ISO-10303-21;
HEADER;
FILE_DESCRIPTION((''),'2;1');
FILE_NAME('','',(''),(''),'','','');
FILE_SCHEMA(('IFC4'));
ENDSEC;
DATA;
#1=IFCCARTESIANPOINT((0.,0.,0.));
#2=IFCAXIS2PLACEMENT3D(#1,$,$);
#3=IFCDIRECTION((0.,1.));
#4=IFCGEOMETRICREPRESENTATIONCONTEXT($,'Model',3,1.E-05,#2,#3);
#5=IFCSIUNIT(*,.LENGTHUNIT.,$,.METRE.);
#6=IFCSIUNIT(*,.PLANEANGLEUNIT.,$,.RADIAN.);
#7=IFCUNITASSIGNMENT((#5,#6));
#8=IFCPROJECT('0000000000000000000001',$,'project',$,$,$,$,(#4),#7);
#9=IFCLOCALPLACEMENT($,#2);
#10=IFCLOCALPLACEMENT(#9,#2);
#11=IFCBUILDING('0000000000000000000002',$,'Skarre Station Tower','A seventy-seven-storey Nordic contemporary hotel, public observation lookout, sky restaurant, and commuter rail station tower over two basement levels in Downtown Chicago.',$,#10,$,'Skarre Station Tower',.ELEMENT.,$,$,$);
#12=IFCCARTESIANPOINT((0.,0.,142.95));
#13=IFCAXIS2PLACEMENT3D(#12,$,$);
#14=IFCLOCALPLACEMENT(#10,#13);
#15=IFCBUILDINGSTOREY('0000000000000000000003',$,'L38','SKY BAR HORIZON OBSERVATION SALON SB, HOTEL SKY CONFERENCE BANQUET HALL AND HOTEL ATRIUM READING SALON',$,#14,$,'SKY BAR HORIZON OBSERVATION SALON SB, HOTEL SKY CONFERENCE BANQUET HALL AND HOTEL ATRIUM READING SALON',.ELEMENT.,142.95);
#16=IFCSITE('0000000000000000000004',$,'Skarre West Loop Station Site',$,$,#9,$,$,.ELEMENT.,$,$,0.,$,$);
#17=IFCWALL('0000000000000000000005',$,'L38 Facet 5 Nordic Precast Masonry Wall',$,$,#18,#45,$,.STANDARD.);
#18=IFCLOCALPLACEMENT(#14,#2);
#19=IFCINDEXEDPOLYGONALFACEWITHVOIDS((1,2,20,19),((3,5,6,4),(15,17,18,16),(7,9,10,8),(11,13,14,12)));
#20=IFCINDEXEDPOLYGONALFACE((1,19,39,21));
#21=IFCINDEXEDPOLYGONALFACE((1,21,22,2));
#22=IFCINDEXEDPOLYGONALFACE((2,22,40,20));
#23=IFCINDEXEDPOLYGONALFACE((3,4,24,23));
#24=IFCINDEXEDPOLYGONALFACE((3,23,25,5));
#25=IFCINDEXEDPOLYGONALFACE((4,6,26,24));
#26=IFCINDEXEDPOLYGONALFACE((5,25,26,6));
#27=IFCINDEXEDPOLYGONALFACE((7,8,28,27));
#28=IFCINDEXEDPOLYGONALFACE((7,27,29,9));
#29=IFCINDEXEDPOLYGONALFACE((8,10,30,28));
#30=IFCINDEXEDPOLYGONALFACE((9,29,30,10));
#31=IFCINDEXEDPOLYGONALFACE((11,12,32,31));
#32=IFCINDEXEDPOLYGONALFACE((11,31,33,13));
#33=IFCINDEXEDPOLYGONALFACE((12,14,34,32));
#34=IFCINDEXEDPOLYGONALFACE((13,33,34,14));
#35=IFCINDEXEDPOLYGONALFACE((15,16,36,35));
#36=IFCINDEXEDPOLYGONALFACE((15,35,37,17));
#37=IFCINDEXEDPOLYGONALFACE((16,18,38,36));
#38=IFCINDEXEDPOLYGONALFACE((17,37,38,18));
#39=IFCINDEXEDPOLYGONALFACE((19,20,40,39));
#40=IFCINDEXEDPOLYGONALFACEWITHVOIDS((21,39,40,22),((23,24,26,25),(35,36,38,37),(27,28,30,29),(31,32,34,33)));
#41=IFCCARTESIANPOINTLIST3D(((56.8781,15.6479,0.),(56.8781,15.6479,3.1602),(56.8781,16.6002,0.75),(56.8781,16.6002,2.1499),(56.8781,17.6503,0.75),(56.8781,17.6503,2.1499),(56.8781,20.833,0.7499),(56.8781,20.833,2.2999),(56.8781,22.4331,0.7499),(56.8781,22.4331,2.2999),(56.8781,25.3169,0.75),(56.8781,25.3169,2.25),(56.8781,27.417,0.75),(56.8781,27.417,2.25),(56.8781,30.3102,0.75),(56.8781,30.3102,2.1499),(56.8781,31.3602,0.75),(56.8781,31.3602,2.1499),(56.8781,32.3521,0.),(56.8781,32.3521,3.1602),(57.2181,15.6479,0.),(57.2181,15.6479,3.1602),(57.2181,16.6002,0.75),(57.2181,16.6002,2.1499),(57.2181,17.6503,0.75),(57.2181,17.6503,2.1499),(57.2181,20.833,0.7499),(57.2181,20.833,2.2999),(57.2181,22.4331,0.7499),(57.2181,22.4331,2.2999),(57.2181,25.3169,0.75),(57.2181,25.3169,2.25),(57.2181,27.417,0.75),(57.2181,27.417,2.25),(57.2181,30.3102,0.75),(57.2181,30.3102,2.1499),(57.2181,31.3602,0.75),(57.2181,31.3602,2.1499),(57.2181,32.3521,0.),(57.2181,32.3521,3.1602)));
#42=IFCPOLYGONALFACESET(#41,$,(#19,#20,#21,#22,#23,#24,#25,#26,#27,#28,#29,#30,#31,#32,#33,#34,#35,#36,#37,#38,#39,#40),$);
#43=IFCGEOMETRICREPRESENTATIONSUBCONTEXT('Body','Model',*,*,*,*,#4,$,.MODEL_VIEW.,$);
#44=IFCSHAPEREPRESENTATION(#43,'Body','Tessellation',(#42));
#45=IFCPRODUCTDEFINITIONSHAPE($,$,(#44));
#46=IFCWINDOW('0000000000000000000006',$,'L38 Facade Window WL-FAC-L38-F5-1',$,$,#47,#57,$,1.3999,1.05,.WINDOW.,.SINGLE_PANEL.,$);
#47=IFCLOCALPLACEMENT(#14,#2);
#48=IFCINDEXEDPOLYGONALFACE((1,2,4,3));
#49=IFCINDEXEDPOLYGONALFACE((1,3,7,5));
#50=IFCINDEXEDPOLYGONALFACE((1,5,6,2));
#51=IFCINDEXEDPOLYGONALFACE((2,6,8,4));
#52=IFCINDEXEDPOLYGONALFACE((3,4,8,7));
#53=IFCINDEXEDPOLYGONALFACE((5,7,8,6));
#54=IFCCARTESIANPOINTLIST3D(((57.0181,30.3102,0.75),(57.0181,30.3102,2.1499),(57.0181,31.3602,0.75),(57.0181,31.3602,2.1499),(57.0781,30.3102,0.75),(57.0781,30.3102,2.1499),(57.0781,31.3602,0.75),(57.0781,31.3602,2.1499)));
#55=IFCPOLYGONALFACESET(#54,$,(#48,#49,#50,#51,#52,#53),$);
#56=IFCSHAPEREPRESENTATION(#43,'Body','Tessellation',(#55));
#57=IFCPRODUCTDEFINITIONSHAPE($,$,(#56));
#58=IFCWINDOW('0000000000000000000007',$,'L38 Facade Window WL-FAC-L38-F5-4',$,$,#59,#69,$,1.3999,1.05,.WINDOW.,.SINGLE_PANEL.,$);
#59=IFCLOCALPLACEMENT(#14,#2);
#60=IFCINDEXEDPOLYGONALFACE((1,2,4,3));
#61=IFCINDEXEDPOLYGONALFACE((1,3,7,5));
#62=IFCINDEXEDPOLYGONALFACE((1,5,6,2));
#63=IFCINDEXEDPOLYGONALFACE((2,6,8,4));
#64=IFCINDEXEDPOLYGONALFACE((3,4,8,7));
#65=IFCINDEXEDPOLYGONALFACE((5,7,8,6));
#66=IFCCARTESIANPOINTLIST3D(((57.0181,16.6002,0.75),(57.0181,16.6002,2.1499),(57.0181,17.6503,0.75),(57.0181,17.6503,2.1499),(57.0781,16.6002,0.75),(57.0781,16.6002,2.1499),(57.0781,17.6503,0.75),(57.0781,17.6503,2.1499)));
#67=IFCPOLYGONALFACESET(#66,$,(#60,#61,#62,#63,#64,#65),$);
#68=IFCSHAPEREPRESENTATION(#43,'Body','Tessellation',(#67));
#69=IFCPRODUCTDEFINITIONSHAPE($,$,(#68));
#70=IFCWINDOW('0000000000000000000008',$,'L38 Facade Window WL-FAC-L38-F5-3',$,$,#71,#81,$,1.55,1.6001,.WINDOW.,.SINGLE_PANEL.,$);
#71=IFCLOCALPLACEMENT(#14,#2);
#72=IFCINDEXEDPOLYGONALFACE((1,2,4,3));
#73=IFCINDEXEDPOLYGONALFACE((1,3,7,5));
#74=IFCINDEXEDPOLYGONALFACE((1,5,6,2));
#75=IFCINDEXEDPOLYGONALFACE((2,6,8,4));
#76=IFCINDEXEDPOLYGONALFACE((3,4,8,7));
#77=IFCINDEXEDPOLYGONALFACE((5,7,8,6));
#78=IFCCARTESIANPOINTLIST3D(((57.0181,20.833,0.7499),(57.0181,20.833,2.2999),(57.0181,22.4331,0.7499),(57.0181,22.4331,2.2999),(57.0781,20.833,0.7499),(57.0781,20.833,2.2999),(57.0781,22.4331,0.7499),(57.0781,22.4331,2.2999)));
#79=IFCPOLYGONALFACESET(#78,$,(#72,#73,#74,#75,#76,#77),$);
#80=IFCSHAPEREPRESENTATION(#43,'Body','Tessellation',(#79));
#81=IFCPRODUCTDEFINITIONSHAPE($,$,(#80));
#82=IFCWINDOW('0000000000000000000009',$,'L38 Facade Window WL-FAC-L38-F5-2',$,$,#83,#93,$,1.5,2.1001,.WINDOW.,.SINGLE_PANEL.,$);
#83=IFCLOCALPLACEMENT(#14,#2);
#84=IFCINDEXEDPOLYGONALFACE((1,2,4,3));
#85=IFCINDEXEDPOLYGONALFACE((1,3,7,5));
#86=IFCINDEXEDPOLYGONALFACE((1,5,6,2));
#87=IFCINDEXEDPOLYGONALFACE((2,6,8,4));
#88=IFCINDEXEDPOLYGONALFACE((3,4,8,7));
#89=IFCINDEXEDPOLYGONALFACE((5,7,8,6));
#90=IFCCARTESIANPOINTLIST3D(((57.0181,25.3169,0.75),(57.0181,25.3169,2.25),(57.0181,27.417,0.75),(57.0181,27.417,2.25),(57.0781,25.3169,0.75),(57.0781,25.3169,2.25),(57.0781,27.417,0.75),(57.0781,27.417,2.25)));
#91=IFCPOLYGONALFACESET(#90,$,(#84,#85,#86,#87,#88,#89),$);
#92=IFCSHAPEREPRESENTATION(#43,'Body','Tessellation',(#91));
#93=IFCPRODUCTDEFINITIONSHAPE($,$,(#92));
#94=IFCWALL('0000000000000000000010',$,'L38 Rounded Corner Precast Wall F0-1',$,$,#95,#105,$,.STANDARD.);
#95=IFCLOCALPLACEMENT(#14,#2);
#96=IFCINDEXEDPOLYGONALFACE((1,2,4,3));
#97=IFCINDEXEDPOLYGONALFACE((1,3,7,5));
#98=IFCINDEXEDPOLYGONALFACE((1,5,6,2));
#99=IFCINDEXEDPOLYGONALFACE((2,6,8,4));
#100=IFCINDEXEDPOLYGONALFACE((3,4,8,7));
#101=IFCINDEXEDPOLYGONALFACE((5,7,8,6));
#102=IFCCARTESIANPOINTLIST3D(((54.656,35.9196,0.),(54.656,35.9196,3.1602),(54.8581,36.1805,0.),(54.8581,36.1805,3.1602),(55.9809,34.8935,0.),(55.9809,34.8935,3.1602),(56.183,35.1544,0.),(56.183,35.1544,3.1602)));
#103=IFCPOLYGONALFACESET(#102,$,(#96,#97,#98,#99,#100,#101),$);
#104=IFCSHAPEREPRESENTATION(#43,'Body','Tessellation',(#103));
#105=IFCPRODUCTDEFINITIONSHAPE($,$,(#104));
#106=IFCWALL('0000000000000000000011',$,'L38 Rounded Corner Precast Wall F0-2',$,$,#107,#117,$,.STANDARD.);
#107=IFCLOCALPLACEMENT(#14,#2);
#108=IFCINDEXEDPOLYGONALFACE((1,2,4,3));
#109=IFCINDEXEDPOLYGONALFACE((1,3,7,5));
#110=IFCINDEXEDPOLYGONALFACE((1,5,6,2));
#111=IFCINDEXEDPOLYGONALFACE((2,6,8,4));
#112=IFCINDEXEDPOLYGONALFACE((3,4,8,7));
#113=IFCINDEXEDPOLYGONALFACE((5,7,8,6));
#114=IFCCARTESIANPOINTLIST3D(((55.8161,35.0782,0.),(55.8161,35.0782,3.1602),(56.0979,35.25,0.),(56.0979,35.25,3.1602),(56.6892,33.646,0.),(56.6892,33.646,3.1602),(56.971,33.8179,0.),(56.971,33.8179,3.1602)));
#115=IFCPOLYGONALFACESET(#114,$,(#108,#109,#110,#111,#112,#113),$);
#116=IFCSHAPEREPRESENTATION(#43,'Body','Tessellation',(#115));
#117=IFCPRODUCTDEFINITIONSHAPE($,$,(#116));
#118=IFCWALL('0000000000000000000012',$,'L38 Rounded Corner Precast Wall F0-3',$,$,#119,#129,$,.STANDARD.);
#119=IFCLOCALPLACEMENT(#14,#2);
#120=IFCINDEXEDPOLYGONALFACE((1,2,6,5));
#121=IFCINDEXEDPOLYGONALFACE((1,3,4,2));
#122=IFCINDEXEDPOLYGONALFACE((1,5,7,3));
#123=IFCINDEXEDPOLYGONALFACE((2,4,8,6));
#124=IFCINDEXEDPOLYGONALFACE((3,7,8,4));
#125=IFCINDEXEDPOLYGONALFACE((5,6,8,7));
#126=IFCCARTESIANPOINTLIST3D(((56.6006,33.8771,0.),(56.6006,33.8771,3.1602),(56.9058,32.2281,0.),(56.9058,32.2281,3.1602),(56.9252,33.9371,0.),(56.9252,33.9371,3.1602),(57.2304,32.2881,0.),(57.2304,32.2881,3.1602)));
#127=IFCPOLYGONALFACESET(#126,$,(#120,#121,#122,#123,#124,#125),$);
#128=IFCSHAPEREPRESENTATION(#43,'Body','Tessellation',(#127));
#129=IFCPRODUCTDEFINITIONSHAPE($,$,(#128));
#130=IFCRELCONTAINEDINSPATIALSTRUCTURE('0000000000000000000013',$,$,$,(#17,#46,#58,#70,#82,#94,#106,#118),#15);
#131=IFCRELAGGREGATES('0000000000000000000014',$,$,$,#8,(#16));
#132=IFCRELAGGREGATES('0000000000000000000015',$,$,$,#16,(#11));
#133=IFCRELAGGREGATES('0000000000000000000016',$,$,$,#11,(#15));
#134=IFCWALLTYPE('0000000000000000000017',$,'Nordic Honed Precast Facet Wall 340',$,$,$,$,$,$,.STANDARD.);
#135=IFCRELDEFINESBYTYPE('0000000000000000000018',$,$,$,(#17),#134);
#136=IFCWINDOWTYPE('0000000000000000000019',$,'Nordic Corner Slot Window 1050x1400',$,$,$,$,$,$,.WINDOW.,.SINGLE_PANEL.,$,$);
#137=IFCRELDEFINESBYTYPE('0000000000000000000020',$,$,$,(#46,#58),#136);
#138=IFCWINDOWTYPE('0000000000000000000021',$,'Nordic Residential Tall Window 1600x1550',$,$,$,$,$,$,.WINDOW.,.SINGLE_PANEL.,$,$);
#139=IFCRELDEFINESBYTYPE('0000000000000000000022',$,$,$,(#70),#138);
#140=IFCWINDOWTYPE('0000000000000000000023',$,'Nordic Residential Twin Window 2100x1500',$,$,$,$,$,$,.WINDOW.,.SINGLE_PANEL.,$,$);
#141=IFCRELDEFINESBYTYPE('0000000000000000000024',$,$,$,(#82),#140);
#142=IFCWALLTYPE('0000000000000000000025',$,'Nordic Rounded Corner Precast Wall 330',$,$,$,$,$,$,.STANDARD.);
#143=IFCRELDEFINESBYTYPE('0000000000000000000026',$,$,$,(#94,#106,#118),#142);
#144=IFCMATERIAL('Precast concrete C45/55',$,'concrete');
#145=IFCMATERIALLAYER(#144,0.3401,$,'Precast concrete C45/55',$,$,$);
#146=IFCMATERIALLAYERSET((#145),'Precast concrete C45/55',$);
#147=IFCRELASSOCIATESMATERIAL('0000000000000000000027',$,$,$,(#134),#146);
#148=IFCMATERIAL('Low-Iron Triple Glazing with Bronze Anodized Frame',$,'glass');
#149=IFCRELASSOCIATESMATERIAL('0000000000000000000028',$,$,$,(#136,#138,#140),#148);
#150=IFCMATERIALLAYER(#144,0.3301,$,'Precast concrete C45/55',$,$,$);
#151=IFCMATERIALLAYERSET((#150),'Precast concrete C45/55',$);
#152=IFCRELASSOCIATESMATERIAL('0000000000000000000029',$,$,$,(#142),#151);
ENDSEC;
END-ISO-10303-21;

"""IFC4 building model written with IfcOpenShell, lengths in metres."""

from ifc_helpers import new_model, si_unit, direction, frame, frame_2d, origin, place, context, subcontext, project, spatial, rectangle, extrude, material, layer, layer_set, type_object, element, fill, save


model = new_model("IFC4")

# Units and contexts
model_context = context("Model", 3, precision=1e-05, world=origin(), true_north=direction((0.0, 1.0)))
body_context = subcontext(model_context, "Body", "Model", "MODEL_VIEW")
ifc_project = project(units=[si_unit("LENGTHUNIT", "METRE"), si_unit("PLANEANGLEUNIT", "RADIAN")], contexts=[model_context])

# Site, building, storey
site_placement = place(None, origin())
site = spatial("IfcSite", under=ifc_project, at=site_placement, Name="Skarre West Loop Station Site", CompositionType="ELEMENT", RefElevation=0.0)
building_placement = place(site_placement, origin())
building = spatial("IfcBuilding", under=site, at=building_placement, Name="Skarre Station Tower", Description="A seventy-seven-storey Nordic contemporary hotel, public observation lookout, sky restaurant, and commuter rail station tower over two basement levels in Downtown Chicago.", LongName="Skarre Station Tower", CompositionType="ELEMENT")
storey_placement = place(building_placement, frame((0.0, 0.0, 142.95)))
storey = spatial("IfcBuildingStorey", under=building, at=storey_placement, Name="L38", Description="SKY BAR HORIZON OBSERVATION SALON SB, HOTEL SKY CONFERENCE BANQUET HALL AND HOTEL ATRIUM READING SALON", LongName="SKY BAR HORIZON OBSERVATION SALON SB, HOTEL SKY CONFERENCE BANQUET HALL AND HOTEL ATRIUM READING SALON", CompositionType="ELEMENT", Elevation=142.95)

# Wall, openings, windows
ifc_material_1 = material(Name="Precast concrete C45/55", Category="concrete")
ifc_layer_1 = layer(ifc_material_1, 0.3401, Name="Precast concrete C45/55")
ifc_layer_set_1 = layer_set([ifc_layer_1], Name="Precast concrete C45/55")
wall_type_1 = type_object("IfcWallType", Name="Nordic Honed Precast Facet Wall 340", PredefinedType="STANDARD", material=ifc_layer_set_1)
wall_1_placement = place(storey_placement, frame((57.0481, 32.3521, 0.0), z_axis=(0.0, 0.0, 1.0), x_axis=(0.0, -1.0, 0.0)))
wall_1 = element("IfcWall", 1, at=wall_1_placement, inside=storey, type_object=wall_type_1, Name="L38 Facet 5 Nordic Precast Masonry Wall", PredefinedType="STANDARD", context=body_context, shape_type="SweptSolid", body=[
    extrude(rectangle(XDim=16.7041, YDim=0.3401, at=frame_2d((8.3521, 0.0))), origin(), (0.0, 0.0, 1.0), 3.1602),
])
opening_1_placement = place(wall_1_placement, frame((0.9919, 0.0, 0.75)))
opening_1 = element("IfcOpeningElement", 2, at=opening_1_placement, cuts=wall_1, PredefinedType="OPENING", context=body_context, shape_type="SweptSolid", body=[
    extrude(rectangle(XDim=1.05, YDim=1.3999, at=frame_2d((0.5249, 0.7))), frame((0.0, 0.1799, 0.0), z_axis=(0.0, -1.0, 0.0), x_axis=(1.0, 0.0, 0.0)), (0.0, 0.0, 1.0), 0.3601),
])
opening_2_placement = place(wall_1_placement, frame((4.9351, 0.0, 0.75)))
opening_2 = element("IfcOpeningElement", 3, at=opening_2_placement, cuts=wall_1, PredefinedType="OPENING", context=body_context, shape_type="SweptSolid", body=[
    extrude(rectangle(XDim=2.1001, YDim=1.5, at=frame_2d((1.05, 0.75))), frame((0.0, 0.1799, 0.0), z_axis=(0.0, -1.0, 0.0), x_axis=(1.0, 0.0, 0.0)), (0.0, 0.0, 1.0), 0.3601),
])
opening_3_placement = place(wall_1_placement, frame((9.9189, 0.0, 0.75)))
opening_3 = element("IfcOpeningElement", 4, at=opening_3_placement, cuts=wall_1, PredefinedType="OPENING", context=body_context, shape_type="SweptSolid", body=[
    extrude(rectangle(XDim=1.6001, YDim=1.55, at=frame_2d((0.8, 0.7749))), frame((0.0, 0.1799, 0.0), z_axis=(0.0, -1.0, 0.0), x_axis=(1.0, 0.0, 0.0)), (0.0, 0.0, 1.0), 0.3601),
])
opening_4_placement = place(wall_1_placement, frame((14.7019, 0.0, 0.75)))
opening_4 = element("IfcOpeningElement", 5, at=opening_4_placement, cuts=wall_1, PredefinedType="OPENING", context=body_context, shape_type="SweptSolid", body=[
    extrude(rectangle(XDim=1.05, YDim=1.3999, at=frame_2d((0.5249, 0.7))), frame((0.0, 0.1799, 0.0), z_axis=(0.0, -1.0, 0.0), x_axis=(1.0, 0.0, 0.0)), (0.0, 0.0, 1.0), 0.3601),
])
ifc_material_2 = material(Name="Low-Iron Triple Glazing with Bronze Anodized Frame", Category="glass")
window_type_1 = type_object("IfcWindowType", Name="Nordic Corner Slot Window 1050x1400", PartitioningType="SINGLE_PANEL", PredefinedType="WINDOW", material=ifc_material_2)
window_1_placement = place(opening_1_placement, origin())
window_1 = element("IfcWindow", 6, at=window_1_placement, inside=storey, type_object=window_type_1, Name="L38 Facade Window WL-FAC-L38-F5-1", OverallHeight=1.3999, OverallWidth=1.05, PartitioningType="SINGLE_PANEL", PredefinedType="WINDOW", context=body_context, shape_type="SweptSolid", body=[
    extrude(rectangle(XDim=1.05, YDim=1.3999, at=frame_2d((0.5249, 0.7))), frame((0.0, 0.03, 0.0), z_axis=(0.0, -1.0, 0.0), x_axis=(1.0, 0.0, 0.0)), (0.0, 0.0, 1.0), 0.0601),
])
fill(opening_1, window_1)
window_2_placement = place(opening_4_placement, origin())
window_2 = element("IfcWindow", 7, at=window_2_placement, inside=storey, type_object=window_type_1, Name="L38 Facade Window WL-FAC-L38-F5-4", OverallHeight=1.3999, OverallWidth=1.05, PartitioningType="SINGLE_PANEL", PredefinedType="WINDOW", context=body_context, shape_type="SweptSolid", body=[
    extrude(rectangle(XDim=1.05, YDim=1.3999, at=frame_2d((0.5249, 0.7))), frame((0.0, 0.03, 0.0), z_axis=(0.0, -1.0, 0.0), x_axis=(1.0, 0.0, 0.0)), (0.0, 0.0, 1.0), 0.0601),
])
fill(opening_4, window_2)
window_type_2 = type_object("IfcWindowType", Name="Nordic Residential Tall Window 1600x1550", PartitioningType="SINGLE_PANEL", PredefinedType="WINDOW", material=ifc_material_2)
window_3_placement = place(opening_3_placement, origin())
window_3 = element("IfcWindow", 8, at=window_3_placement, inside=storey, type_object=window_type_2, Name="L38 Facade Window WL-FAC-L38-F5-3", OverallHeight=1.55, OverallWidth=1.6001, PartitioningType="SINGLE_PANEL", PredefinedType="WINDOW", context=body_context, shape_type="SweptSolid", body=[
    extrude(rectangle(XDim=1.6001, YDim=1.55, at=frame_2d((0.8, 0.7749))), frame((0.0, 0.03, 0.0), z_axis=(0.0, -1.0, 0.0), x_axis=(1.0, 0.0, 0.0)), (0.0, 0.0, 1.0), 0.0601),
])
fill(opening_3, window_3)
window_type_3 = type_object("IfcWindowType", Name="Nordic Residential Twin Window 2100x1500", PartitioningType="SINGLE_PANEL", PredefinedType="WINDOW", material=ifc_material_2)
window_4_placement = place(opening_2_placement, origin())
window_4 = element("IfcWindow", 9, at=window_4_placement, inside=storey, type_object=window_type_3, Name="L38 Facade Window WL-FAC-L38-F5-2", OverallHeight=1.5, OverallWidth=2.1001, PartitioningType="SINGLE_PANEL", PredefinedType="WINDOW", context=body_context, shape_type="SweptSolid", body=[
    extrude(rectangle(XDim=2.1001, YDim=1.5, at=frame_2d((1.05, 0.75))), frame((0.0, 0.03, 0.0), z_axis=(0.0, -1.0, 0.0), x_axis=(1.0, 0.0, 0.0)), (0.0, 0.0, 1.0), 0.0601),
])
fill(opening_2, window_4)

# Walls
ifc_layer_2 = layer(ifc_material_1, 0.3301, Name="Precast concrete C45/55")
ifc_layer_set_2 = layer_set([ifc_layer_2], Name="Precast concrete C45/55")
wall_type_2 = type_object("IfcWallType", Name="Nordic Rounded Corner Precast Wall 330", PredefinedType="STANDARD", material=ifc_layer_set_2)
wall_2_placement = place(storey_placement, frame((54.7571, 36.05, 0.0), z_axis=(0.0, 0.0, 1.0), x_axis=(0.790621, -0.612305, 0.0)))
element("IfcWall", 10, at=wall_2_placement, inside=storey, type_object=wall_type_2, Name="L38 Rounded Corner Precast Wall F0-1", PredefinedType="STANDARD", context=body_context, shape_type="SweptSolid", body=[
    extrude(rectangle(XDim=1.6758, YDim=0.3301, at=frame_2d((0.8379, 0.0))), origin(), (0.0, 0.0, 1.0), 3.1602),
])
wall_3_placement = place(storey_placement, frame((55.957, 35.1641, 0.0), z_axis=(0.0, 0.0, 1.0), x_axis=(0.520519, -0.85385, 0.0)))
element("IfcWall", 11, at=wall_3_placement, inside=storey, type_object=wall_type_2, Name="L38 Rounded Corner Precast Wall F0-2", PredefinedType="STANDARD", context=body_context, shape_type="SweptSolid", body=[
    extrude(rectangle(XDim=1.6772, YDim=0.3301, at=frame_2d((0.8386, 0.0))), origin(), (0.0, 0.0, 1.0), 3.1602),
])
wall_4_placement = place(storey_placement, frame((56.7629, 33.907, 0.0), z_axis=(0.0, 0.0, 1.0), x_axis=(0.181985, -0.983301, 0.0)))
element("IfcWall", 12, at=wall_4_placement, inside=storey, type_object=wall_type_2, Name="L38 Rounded Corner Precast Wall F0-3", PredefinedType="STANDARD", context=body_context, shape_type="SweptSolid", body=[
    extrude(rectangle(XDim=1.677, YDim=0.3301, at=frame_2d((0.8384, 0.0))), origin(), (0.0, 0.0, 1.0), 3.1602),
])

save(model, "model.ifc")
